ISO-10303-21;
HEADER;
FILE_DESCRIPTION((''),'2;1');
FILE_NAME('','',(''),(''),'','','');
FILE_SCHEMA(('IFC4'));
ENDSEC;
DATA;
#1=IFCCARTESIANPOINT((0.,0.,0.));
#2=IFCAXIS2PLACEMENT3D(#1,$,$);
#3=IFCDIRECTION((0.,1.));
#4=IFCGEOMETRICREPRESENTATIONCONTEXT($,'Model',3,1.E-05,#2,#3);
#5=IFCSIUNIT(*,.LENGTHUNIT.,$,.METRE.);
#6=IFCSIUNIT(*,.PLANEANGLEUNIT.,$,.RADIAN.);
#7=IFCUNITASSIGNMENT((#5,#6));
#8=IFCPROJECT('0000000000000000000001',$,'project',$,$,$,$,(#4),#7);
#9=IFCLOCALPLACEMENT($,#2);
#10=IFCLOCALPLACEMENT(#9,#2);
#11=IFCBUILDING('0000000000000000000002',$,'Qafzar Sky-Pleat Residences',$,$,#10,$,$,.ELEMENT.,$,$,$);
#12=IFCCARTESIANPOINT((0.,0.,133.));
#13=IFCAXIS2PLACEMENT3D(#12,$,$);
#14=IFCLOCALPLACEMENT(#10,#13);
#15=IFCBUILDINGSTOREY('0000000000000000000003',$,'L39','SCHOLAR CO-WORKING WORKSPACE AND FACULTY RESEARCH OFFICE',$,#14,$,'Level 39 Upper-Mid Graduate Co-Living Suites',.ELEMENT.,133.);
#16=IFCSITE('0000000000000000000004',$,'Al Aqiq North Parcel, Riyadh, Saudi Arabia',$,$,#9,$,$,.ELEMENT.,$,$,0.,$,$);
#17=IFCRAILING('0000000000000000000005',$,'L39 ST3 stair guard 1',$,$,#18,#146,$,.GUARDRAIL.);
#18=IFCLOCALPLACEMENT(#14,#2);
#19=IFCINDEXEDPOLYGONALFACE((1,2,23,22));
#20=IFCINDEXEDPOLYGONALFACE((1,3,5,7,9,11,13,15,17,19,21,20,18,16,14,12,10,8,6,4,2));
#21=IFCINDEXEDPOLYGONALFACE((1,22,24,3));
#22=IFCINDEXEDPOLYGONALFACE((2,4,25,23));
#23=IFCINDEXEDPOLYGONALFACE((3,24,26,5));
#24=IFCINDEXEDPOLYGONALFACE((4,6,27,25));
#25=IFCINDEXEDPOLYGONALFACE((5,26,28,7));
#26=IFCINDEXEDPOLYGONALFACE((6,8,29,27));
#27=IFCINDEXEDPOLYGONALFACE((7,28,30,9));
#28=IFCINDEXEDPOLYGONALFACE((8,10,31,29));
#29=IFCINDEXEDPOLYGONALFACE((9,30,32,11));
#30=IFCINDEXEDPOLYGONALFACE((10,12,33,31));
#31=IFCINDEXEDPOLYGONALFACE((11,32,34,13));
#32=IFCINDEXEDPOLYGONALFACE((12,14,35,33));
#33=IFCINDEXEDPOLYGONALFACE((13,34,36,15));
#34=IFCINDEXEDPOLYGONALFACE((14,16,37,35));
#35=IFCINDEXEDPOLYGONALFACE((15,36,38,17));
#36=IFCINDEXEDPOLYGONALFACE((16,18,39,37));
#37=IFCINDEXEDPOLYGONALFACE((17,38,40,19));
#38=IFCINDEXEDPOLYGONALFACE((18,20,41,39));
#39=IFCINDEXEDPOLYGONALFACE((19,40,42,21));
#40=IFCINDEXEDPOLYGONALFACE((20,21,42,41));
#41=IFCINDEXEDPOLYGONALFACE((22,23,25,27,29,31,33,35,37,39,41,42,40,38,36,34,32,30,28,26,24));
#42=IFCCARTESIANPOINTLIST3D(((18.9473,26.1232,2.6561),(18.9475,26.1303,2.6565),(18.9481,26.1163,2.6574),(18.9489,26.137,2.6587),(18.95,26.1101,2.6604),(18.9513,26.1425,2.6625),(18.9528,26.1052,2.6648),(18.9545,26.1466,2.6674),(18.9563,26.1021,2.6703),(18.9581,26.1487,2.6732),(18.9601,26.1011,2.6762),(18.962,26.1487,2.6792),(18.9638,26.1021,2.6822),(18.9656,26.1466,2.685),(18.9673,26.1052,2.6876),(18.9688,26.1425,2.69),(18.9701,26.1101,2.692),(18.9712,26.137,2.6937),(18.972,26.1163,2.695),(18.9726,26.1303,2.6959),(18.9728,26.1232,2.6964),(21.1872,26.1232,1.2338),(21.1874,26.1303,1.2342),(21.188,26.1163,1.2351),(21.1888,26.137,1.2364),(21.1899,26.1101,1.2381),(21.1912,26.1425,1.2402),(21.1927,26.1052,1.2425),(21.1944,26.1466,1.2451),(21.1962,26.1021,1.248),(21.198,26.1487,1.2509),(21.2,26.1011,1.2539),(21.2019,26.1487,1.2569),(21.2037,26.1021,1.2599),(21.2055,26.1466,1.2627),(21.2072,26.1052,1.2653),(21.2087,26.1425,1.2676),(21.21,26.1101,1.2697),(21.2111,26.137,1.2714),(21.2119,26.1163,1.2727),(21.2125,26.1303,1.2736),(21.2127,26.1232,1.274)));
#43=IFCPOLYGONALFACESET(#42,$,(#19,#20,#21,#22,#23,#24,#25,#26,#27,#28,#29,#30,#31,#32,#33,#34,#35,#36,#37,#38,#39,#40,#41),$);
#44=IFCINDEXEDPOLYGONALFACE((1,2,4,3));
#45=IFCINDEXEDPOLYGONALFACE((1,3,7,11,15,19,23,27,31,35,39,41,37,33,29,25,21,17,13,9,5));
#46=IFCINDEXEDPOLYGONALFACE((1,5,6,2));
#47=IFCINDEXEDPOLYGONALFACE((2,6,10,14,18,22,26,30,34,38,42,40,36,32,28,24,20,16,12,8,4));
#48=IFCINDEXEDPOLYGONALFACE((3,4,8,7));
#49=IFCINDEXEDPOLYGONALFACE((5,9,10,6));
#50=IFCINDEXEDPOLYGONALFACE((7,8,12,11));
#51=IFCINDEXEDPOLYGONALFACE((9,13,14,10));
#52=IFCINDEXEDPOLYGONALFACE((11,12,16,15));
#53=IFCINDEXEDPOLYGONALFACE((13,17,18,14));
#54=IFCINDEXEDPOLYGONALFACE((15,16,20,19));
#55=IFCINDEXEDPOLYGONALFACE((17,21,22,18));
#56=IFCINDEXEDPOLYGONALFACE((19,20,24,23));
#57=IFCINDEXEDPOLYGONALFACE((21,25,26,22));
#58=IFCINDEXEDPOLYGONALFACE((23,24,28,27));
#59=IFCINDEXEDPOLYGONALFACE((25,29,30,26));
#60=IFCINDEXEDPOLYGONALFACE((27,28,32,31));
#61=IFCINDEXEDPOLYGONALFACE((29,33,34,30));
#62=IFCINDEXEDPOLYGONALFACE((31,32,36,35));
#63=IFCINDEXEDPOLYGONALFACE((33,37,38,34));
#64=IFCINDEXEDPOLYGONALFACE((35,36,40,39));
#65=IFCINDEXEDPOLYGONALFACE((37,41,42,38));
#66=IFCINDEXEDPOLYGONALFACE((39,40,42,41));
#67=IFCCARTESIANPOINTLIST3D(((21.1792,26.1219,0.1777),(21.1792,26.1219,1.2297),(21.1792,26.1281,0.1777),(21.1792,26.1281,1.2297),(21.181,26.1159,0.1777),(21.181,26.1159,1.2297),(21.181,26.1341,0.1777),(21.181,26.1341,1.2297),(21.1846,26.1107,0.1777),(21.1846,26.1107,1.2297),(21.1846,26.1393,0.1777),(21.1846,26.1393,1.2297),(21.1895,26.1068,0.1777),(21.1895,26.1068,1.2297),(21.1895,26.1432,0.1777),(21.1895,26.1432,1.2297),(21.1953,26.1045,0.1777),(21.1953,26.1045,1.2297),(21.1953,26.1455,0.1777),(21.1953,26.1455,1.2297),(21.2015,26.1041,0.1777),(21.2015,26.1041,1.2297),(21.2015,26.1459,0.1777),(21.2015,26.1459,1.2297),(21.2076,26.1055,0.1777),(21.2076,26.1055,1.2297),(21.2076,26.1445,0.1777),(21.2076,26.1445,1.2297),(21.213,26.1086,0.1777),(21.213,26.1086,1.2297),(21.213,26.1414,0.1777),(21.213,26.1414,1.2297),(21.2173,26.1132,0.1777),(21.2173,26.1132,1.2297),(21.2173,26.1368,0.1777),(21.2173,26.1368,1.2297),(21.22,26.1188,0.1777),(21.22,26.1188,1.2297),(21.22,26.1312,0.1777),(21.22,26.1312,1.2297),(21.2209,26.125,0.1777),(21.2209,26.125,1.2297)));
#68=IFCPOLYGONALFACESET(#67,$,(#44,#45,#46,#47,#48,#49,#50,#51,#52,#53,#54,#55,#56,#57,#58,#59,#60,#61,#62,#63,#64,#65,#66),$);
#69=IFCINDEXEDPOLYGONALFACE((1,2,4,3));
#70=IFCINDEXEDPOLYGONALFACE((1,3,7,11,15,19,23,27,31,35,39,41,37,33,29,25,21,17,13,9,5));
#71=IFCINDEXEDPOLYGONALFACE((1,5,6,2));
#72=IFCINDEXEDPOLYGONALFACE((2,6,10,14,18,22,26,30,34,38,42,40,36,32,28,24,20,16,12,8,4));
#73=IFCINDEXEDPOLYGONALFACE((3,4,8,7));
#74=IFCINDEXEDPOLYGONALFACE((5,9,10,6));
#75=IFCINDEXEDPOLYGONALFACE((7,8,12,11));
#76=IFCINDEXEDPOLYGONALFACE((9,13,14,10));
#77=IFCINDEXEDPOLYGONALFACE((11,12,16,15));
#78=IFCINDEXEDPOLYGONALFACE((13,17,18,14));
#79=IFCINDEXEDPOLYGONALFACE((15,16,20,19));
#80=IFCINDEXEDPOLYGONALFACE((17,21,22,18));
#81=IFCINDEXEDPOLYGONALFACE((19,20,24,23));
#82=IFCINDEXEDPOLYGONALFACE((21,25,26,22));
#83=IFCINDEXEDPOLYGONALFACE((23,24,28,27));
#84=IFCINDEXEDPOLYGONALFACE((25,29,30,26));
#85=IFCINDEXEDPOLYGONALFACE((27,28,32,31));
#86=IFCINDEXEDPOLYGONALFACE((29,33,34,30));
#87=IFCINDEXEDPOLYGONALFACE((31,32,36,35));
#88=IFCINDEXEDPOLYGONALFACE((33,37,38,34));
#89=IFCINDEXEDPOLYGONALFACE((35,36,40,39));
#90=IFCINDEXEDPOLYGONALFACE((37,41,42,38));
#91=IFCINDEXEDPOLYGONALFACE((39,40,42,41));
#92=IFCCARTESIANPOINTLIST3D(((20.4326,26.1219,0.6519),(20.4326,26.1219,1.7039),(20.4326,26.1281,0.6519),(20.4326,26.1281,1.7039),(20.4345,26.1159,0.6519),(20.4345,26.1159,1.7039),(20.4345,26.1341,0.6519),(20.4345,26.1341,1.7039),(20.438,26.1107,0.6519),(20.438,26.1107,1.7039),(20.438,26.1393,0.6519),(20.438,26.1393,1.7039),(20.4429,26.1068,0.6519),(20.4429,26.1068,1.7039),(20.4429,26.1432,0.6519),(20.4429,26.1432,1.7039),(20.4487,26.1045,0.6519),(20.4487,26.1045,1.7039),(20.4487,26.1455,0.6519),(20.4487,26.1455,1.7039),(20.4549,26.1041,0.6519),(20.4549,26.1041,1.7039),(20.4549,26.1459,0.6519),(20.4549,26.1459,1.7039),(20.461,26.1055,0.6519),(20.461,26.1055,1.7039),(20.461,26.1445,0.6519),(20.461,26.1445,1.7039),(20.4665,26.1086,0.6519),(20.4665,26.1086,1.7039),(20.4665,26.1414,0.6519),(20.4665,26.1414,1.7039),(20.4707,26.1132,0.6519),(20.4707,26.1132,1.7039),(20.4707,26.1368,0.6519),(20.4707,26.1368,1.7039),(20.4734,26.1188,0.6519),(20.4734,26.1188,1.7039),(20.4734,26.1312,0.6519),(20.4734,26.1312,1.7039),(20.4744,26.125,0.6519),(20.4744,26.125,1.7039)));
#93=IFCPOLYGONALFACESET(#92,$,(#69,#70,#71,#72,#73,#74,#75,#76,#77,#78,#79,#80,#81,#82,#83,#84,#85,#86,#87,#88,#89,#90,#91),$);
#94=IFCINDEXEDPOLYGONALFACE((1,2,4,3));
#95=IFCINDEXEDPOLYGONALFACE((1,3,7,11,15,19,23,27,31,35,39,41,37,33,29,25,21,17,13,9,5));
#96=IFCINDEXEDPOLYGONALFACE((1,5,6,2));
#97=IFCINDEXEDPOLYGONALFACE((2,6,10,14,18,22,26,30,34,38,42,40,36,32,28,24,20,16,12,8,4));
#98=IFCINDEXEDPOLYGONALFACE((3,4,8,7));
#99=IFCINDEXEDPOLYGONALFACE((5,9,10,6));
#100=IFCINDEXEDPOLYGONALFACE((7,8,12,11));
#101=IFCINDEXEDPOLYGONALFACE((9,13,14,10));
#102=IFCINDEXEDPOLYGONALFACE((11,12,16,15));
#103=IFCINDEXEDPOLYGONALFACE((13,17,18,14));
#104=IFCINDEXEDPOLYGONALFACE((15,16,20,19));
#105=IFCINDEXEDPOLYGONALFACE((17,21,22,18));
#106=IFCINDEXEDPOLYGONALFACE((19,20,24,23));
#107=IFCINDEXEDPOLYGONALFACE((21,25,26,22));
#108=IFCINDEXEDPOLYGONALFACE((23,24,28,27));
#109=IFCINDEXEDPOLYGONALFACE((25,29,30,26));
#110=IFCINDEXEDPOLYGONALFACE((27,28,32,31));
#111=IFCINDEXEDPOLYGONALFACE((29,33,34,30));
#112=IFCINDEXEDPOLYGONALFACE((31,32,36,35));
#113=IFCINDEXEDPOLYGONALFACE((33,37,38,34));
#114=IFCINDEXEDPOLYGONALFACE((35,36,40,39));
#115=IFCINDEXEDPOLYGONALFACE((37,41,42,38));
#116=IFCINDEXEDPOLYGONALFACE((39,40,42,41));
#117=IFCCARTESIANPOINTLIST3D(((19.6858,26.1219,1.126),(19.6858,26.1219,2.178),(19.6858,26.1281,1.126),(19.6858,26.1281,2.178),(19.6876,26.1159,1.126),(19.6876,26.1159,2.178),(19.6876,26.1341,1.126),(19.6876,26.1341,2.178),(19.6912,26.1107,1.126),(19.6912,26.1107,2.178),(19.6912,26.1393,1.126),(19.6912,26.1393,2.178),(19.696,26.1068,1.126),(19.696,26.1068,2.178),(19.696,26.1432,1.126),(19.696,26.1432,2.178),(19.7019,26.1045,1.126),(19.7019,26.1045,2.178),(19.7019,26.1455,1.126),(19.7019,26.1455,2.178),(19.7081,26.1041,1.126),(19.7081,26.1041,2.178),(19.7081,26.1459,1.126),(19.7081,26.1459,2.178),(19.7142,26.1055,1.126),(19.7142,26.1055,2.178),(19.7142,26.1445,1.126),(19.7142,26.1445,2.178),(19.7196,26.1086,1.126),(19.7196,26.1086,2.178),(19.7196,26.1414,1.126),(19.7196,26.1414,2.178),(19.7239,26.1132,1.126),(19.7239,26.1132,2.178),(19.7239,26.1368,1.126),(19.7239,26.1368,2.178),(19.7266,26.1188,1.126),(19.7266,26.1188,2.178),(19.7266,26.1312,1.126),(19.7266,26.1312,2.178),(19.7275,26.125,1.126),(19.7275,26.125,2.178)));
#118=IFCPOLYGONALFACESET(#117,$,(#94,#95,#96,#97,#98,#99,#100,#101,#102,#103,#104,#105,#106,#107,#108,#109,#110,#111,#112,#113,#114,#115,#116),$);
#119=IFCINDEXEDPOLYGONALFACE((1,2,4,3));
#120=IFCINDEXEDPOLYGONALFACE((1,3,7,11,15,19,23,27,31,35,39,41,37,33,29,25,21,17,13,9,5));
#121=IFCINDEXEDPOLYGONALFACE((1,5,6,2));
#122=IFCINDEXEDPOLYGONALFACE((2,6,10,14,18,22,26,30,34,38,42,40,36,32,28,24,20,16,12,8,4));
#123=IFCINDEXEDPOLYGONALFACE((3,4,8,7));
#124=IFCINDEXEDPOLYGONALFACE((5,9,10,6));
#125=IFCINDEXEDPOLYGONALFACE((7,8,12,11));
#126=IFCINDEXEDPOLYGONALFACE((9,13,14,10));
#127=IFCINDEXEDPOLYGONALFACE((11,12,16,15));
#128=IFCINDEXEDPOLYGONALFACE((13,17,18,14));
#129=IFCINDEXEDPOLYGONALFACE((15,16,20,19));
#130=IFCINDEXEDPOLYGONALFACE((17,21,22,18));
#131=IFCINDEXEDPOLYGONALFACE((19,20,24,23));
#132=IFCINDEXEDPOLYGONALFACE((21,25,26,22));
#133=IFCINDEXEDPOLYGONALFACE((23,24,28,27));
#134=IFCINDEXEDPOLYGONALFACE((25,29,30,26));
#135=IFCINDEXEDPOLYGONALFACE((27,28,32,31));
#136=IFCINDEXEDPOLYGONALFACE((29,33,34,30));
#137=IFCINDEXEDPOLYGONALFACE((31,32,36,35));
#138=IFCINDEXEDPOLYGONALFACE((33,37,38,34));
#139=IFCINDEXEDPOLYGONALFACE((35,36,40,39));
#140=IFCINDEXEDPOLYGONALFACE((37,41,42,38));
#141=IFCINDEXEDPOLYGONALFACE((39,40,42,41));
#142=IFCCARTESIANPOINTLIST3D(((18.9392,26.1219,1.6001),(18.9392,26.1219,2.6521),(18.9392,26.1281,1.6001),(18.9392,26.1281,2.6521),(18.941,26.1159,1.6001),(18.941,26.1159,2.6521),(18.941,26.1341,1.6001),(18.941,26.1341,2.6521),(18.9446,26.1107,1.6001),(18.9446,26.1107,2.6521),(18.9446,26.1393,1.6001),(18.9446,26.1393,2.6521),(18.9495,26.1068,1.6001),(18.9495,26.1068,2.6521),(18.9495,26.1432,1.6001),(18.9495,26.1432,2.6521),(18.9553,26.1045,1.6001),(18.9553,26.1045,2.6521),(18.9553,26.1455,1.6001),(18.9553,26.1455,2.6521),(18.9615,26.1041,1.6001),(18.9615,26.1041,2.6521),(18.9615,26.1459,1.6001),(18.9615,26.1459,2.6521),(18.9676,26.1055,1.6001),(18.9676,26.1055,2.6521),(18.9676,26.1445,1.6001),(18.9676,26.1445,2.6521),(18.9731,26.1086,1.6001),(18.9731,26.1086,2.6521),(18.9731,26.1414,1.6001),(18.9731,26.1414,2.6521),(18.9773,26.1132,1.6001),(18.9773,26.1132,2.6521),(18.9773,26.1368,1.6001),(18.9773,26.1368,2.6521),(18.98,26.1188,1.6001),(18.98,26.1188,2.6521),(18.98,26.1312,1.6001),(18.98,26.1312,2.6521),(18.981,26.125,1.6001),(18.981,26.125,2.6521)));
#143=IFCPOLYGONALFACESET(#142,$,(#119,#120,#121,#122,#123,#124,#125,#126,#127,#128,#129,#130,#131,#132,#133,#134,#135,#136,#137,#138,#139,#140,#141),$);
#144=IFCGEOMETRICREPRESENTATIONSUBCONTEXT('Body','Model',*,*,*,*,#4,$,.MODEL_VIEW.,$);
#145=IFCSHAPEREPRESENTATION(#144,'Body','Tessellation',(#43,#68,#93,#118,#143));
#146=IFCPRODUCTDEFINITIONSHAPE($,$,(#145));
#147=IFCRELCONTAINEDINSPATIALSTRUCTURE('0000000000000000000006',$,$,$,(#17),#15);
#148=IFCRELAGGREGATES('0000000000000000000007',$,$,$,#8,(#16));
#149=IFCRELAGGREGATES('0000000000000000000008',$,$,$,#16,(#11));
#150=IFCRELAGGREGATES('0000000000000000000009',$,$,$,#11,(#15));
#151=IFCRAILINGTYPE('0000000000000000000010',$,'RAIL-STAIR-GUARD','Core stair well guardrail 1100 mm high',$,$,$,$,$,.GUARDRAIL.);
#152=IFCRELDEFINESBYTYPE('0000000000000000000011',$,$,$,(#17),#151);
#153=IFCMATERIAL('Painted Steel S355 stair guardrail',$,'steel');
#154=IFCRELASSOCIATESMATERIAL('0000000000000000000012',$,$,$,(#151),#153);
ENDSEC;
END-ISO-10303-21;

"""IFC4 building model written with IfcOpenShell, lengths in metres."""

from ifc_helpers import new_model, si_unit, direction, frame, origin, origin_2d, place, context, subcontext, project, spatial, circle, extrude, source, transform, mapped, material, type_object, element, save


model = new_model("IFC4")

# Units and contexts
model_context = context("Model", 3, precision=1e-05, world=origin(), true_north=direction((0.0, 1.0)))
body_context = subcontext(model_context, "Body", "Model", "MODEL_VIEW")
ifc_project = project(units=[si_unit("LENGTHUNIT", "METRE"), si_unit("PLANEANGLEUNIT", "RADIAN")], contexts=[model_context])

# Site, building, storey
site_placement = place(None, origin())
site = spatial("IfcSite", under=ifc_project, at=site_placement, Name="Al Aqiq North Parcel, Riyadh, Saudi Arabia", CompositionType="ELEMENT", RefElevation=0.0)
building_placement = place(site_placement, origin())
building = spatial("IfcBuilding", under=site, at=building_placement, Name="Qafzar Sky-Pleat Residences", CompositionType="ELEMENT")
storey_placement = place(building_placement, frame((0.0, 0.0, 133.0)))
storey = spatial("IfcBuildingStorey", under=building, at=storey_placement, Name="L39", Description="SCHOLAR CO-WORKING WORKSPACE AND FACULTY RESEARCH OFFICE", LongName="Level 39 Upper-Mid Graduate Co-Living Suites", CompositionType="ELEMENT", Elevation=133.0)

# Railing
ifc_material_1 = material(Name="Painted Steel S355 stair guardrail", Category="steel")
railing_type_1 = type_object("IfcRailingType", Name="RAIL-STAIR-GUARD", Description="Core stair well guardrail 1100 mm high", PredefinedType="GUARDRAIL", material=ifc_material_1)
shared_shape_1 = source(origin(), body_context, "Body", "SweptSolid", [
    extrude(circle(Radius=0.0239, at=origin_2d()), frame((0.0, 0.0, 1.0762), z_axis=(-0.844188, 0.0, 0.536048), x_axis=(0.0, -1.0, 0.0)), (0.0, 0.0, 1.0), 2.6533),
    extrude(circle(Radius=0.021, at=origin_2d()), origin(), (0.0, 0.0, 1.0), 1.052),
    extrude(circle(Radius=0.021, at=origin_2d()), frame((-0.7466, 0.0, 0.4741)), (0.0, 0.0, 1.0), 1.052),
    extrude(circle(Radius=0.021, at=origin_2d()), frame((-1.4934, 0.0, 0.9482)), (0.0, 0.0, 1.0), 1.052),
    extrude(circle(Radius=0.021, at=origin_2d()), frame((-2.24, 0.0, 1.4224)), (0.0, 0.0, 1.0), 1.052),
])
railing_1_placement = place(storey_placement, frame((21.2, 26.125, 0.1777)))
element("IfcRailing", 1, at=railing_1_placement, inside=storey, type_object=railing_type_1, Name="L39 ST3 stair guard 1", PredefinedType="GUARDRAIL", context=body_context, shape_type="MappedRepresentation", body=[
    mapped(shared_shape_1, transform((0.0, 0.0, 0.0), x_axis=(1.0, 0.0, 0.0), y_axis=(0.0, 1.0, 0.0), z_axis=(0.0, 0.0, 1.0), scale=1.0)),
])

save(model, "model.ifc")
